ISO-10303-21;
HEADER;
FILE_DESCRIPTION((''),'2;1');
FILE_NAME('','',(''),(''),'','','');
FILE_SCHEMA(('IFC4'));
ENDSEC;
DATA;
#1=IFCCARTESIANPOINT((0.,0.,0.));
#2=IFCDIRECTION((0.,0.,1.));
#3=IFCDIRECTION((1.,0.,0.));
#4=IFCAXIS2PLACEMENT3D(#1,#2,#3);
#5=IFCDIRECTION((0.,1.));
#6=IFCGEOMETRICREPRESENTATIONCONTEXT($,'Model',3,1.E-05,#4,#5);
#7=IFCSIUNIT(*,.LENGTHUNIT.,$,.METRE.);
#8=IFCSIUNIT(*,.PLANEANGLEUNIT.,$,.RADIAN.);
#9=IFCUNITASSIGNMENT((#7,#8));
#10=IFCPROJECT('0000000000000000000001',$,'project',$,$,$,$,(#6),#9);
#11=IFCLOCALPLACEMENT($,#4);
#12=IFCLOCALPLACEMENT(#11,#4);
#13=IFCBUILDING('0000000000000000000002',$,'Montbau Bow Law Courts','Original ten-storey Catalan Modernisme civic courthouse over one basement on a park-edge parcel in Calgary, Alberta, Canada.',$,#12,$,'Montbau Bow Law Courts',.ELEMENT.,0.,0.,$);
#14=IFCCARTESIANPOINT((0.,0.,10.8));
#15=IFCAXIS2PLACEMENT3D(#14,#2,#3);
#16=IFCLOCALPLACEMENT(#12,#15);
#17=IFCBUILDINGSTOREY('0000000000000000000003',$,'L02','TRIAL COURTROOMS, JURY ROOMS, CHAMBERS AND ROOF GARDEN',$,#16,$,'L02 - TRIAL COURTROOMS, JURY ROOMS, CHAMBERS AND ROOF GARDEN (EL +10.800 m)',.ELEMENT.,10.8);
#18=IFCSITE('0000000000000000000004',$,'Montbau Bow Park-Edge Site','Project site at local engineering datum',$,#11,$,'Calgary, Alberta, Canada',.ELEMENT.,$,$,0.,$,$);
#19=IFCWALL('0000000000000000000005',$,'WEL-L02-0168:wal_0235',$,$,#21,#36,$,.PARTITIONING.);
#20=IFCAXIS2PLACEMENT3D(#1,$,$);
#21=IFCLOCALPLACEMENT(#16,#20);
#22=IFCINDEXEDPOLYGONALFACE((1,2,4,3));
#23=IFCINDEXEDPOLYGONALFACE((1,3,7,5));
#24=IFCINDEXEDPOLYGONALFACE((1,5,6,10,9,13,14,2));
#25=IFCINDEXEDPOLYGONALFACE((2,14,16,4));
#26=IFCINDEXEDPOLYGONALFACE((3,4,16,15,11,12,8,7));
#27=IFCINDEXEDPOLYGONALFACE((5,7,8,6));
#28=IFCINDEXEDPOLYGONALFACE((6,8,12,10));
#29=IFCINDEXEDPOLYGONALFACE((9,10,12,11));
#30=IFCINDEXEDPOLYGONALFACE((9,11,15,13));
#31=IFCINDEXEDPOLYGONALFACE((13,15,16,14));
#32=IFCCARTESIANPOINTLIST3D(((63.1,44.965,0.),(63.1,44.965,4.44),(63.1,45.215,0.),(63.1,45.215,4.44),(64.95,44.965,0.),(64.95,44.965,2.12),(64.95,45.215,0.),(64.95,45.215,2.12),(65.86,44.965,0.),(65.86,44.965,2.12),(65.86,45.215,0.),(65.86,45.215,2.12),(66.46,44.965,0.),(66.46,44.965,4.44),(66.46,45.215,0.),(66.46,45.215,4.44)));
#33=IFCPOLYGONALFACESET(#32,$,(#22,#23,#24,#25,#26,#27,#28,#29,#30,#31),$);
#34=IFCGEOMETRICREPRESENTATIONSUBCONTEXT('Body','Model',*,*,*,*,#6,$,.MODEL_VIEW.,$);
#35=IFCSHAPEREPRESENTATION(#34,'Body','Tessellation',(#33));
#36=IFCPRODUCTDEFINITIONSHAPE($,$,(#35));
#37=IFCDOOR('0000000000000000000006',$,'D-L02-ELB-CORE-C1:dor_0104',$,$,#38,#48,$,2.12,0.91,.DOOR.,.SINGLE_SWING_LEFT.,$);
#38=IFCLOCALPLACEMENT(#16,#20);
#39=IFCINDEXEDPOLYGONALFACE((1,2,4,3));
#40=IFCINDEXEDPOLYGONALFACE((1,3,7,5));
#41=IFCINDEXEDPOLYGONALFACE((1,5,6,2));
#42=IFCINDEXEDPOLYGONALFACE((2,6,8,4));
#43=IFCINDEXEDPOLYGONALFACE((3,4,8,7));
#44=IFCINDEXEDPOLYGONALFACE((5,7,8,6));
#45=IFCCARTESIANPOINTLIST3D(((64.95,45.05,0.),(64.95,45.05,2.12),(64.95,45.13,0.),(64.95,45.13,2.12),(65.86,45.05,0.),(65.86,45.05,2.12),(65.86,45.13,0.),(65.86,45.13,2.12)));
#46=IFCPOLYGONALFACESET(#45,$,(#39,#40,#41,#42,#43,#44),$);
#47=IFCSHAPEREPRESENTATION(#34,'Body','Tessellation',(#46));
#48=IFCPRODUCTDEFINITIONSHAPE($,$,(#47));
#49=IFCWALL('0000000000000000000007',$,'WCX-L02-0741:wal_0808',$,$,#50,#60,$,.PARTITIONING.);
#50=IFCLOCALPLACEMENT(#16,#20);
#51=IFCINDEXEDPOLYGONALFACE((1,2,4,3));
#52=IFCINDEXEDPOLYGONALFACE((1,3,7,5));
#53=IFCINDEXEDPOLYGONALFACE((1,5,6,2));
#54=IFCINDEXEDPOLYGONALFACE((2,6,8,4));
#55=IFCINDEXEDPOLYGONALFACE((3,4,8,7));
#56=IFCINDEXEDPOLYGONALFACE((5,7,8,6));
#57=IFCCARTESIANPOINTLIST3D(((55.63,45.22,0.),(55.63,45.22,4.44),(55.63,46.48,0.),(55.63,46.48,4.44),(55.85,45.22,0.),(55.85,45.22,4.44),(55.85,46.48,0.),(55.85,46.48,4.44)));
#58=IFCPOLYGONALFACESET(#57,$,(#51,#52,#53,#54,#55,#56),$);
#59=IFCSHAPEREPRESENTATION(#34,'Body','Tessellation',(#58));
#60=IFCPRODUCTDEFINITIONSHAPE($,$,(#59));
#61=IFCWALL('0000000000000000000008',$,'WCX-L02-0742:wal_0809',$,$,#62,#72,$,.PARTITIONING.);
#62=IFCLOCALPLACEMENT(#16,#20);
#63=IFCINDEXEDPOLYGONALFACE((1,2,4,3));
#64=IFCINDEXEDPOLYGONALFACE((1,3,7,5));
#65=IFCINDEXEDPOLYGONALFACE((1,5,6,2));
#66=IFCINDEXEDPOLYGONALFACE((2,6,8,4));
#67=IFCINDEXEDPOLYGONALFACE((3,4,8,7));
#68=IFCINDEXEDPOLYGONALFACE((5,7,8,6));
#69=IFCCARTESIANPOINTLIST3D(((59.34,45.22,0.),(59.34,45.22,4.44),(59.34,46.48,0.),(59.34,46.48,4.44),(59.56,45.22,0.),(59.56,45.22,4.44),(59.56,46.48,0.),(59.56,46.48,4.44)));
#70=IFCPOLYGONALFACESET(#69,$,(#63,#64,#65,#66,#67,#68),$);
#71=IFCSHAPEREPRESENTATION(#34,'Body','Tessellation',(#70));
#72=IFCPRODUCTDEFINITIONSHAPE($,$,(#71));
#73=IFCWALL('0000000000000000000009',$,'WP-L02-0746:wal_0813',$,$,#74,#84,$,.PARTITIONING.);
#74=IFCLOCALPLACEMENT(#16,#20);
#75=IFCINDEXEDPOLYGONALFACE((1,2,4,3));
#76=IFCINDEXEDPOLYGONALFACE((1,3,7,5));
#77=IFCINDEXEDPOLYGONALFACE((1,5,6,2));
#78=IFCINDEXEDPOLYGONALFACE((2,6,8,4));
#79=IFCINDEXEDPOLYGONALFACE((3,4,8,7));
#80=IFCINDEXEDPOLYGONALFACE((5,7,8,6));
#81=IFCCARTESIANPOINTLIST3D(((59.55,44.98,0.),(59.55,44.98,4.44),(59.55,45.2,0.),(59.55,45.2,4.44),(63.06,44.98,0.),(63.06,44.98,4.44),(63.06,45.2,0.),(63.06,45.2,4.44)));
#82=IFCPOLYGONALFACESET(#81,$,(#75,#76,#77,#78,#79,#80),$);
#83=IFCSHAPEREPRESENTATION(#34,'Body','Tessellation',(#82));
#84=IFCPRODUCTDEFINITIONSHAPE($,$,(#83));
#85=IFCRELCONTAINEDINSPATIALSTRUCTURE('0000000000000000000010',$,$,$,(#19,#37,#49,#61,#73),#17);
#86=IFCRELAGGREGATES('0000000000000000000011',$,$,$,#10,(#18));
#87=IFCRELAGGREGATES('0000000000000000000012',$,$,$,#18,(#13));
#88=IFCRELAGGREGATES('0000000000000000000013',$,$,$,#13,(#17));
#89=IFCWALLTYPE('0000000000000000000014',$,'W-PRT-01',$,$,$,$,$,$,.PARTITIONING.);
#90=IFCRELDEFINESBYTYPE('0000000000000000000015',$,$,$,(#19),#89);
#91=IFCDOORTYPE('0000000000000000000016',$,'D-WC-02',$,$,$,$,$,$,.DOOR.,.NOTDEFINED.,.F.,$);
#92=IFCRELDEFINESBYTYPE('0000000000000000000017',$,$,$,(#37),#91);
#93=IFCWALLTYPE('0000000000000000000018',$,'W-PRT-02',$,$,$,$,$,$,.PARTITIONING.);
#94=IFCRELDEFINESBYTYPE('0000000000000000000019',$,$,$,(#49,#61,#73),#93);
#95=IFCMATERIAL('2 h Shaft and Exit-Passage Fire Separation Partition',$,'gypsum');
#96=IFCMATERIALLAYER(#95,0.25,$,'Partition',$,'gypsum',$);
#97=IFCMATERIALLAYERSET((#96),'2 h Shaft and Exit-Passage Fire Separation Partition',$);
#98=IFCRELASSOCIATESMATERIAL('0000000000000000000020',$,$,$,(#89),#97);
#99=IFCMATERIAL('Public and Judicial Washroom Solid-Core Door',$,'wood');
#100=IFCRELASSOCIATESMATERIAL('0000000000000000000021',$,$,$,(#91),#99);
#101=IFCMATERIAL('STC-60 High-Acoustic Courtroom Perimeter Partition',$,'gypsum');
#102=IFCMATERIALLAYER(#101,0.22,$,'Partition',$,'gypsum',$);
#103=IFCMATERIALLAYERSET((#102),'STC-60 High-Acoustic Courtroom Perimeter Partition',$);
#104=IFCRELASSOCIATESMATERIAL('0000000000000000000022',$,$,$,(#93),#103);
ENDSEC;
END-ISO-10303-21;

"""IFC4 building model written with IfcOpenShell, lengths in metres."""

from ifc_helpers import new_model, si_unit, direction, frame, frame_2d, origin_with_axes, place, context, subcontext, project, spatial, rectangle, extrude, material, layer, layer_set, type_object, element, fill, save


model = new_model("IFC4")

# Units and contexts
model_context = context("Model", 3, precision=1e-05, world=origin_with_axes(), true_north=direction((0.0, 1.0)))
body_context = subcontext(model_context, "Body", "Model", "MODEL_VIEW")
ifc_project = project(units=[si_unit("LENGTHUNIT", "METRE"), si_unit("PLANEANGLEUNIT", "RADIAN")], contexts=[model_context])

# Site, building, storey
site_placement = place(None, origin_with_axes())
site = spatial("IfcSite", under=ifc_project, at=site_placement, Name="Montbau Bow Park-Edge Site", Description="Project site at local engineering datum", LongName="Calgary, Alberta, Canada", CompositionType="ELEMENT", RefElevation=0.0)
building_placement = place(site_placement, origin_with_axes())
building = spatial("IfcBuilding", under=site, at=building_placement, Name="Montbau Bow Law Courts", Description="Original ten-storey Catalan Modernisme civic courthouse over one basement on a park-edge parcel in Calgary, Alberta, Canada.", LongName="Montbau Bow Law Courts", CompositionType="ELEMENT", ElevationOfRefHeight=0.0, ElevationOfTerrain=0.0)
storey_placement = place(building_placement, frame((0.0, 0.0, 10.8), z_axis=(0.0, 0.0, 1.0), x_axis=(1.0, 0.0, 0.0)))
storey = spatial("IfcBuildingStorey", under=building, at=storey_placement, Name="L02", Description="TRIAL COURTROOMS, JURY ROOMS, CHAMBERS AND ROOF GARDEN", LongName="L02 - TRIAL COURTROOMS, JURY ROOMS, CHAMBERS AND ROOF GARDEN (EL +10.800 m)", CompositionType="ELEMENT", Elevation=10.8)

# Wall, opening, door
ifc_material_1 = material(Name="2 h Shaft and Exit-Passage Fire Separation Partition", Category="gypsum")
ifc_layer_1 = layer(ifc_material_1, 0.25, Name="Partition", Category="gypsum")
ifc_layer_set_1 = layer_set([ifc_layer_1], Name="2 h Shaft and Exit-Passage Fire Separation Partition")
wall_type_1 = type_object("IfcWallType", Name="W-PRT-01", PredefinedType="PARTITIONING", material=ifc_layer_set_1)
wall_1_placement = place(None, frame((63.1, 45.09, 10.8), z_axis=(0.0, 0.0, 1.0), x_axis=(1.0, 0.0, 0.0)))
wall_1 = element("IfcWall", 1, at=wall_1_placement, inside=storey, type_object=wall_type_1, Name="WEL-L02-0168:wal_0235", PredefinedType="PARTITIONING", context=body_context, shape_type="SweptSolid", body=[
    extrude(rectangle(XDim=3.36, YDim=0.25, at=frame_2d((1.68, 0.0), x_axis=(1.0, 0.0))), origin_with_axes(), (0.0, 0.0, 1.0), 4.44),
])
opening_1_placement = place(None, frame((65.405, 45.09, 10.8), z_axis=(0.0, 0.0, 1.0), x_axis=(1.0, 0.0, 0.0)))
opening_1 = element("IfcOpeningElement", 2, at=opening_1_placement, cuts=wall_1, PredefinedType="OPENING", context=body_context, shape_type="SweptSolid", body=[
    extrude(rectangle(XDim=0.91, YDim=2.12, at=frame_2d((0.0, 1.06), x_axis=(1.0, 0.0))), frame((0.0, 0.135, 0.0), z_axis=(0.0, -1.0, 0.0), x_axis=(1.0, 0.0, 0.0)), (0.0, 0.0, 1.0), 0.27),
])
ifc_material_2 = material(Name="Public and Judicial Washroom Solid-Core Door", Category="wood")
door_type_1 = type_object("IfcDoorType", Name="D-WC-02", OperationType="NOTDEFINED", ParameterTakesPrecedence=False, PredefinedType="DOOR", material=ifc_material_2)
door_1_placement = place(None, frame((65.405, 45.09, 10.8), z_axis=(0.0, 0.0, 1.0), x_axis=(1.0, 0.0, 0.0)))
door_1 = element("IfcDoor", 3, at=door_1_placement, inside=storey, type_object=door_type_1, Name="D-L02-ELB-CORE-C1:dor_0104", OperationType="SINGLE_SWING_LEFT", OverallHeight=2.12, OverallWidth=0.91, PredefinedType="DOOR", context=body_context, shape_type="SweptSolid", body=[
    extrude(rectangle(XDim=0.91, YDim=2.12, at=frame_2d((0.0, 1.06), x_axis=(1.0, 0.0))), frame((0.0, 0.04, 0.0), z_axis=(0.0, -1.0, 0.0), x_axis=(1.0, 0.0, 0.0)), (0.0, 0.0, 1.0), 0.08),
])
fill(opening_1, door_1)

# Walls
ifc_material_3 = material(Name="STC-60 High-Acoustic Courtroom Perimeter Partition", Category="gypsum")
ifc_layer_2 = layer(ifc_material_3, 0.22, Name="Partition", Category="gypsum")
ifc_layer_set_2 = layer_set([ifc_layer_2], Name="STC-60 High-Acoustic Courtroom Perimeter Partition")
wall_type_2 = type_object("IfcWallType", Name="W-PRT-02", PredefinedType="PARTITIONING", material=ifc_layer_set_2)
for number, where, z_axis, x_axis, name in (
    (4, (55.74, 45.22, 10.8), (0.0, 0.0, 1.0), (0.0, 1.0, 0.0), "WCX-L02-0741:wal_0808"),
    (5, (59.45, 45.22, 10.8), (0.0, 0.0, 1.0), (0.0, 1.0, 0.0), "WCX-L02-0742:wal_0809"),
):
    element("IfcWall", number, at=place(None, frame(where, z_axis=z_axis, x_axis=x_axis)), inside=storey, type_object=wall_type_2, Name=name, PredefinedType="PARTITIONING", context=body_context, shape_type="SweptSolid", body=[
        extrude(rectangle(XDim=1.26, YDim=0.22, at=frame_2d((0.63, 0.0), x_axis=(1.0, 0.0))), origin_with_axes(), (0.0, 0.0, 1.0), 4.44),
    ])
wall_2_placement = place(None, frame((59.55, 45.09, 10.8), z_axis=(0.0, 0.0, 1.0), x_axis=(1.0, 0.0, 0.0)))
element("IfcWall", 6, at=wall_2_placement, inside=storey, type_object=wall_type_2, Name="WP-L02-0746:wal_0813", PredefinedType="PARTITIONING", context=body_context, shape_type="SweptSolid", body=[
    extrude(rectangle(XDim=3.51, YDim=0.22, at=frame_2d((1.755, 0.0), x_axis=(1.0, 0.0))), origin_with_axes(), (0.0, 0.0, 1.0), 4.44),
])

save(model, "model.ifc")
